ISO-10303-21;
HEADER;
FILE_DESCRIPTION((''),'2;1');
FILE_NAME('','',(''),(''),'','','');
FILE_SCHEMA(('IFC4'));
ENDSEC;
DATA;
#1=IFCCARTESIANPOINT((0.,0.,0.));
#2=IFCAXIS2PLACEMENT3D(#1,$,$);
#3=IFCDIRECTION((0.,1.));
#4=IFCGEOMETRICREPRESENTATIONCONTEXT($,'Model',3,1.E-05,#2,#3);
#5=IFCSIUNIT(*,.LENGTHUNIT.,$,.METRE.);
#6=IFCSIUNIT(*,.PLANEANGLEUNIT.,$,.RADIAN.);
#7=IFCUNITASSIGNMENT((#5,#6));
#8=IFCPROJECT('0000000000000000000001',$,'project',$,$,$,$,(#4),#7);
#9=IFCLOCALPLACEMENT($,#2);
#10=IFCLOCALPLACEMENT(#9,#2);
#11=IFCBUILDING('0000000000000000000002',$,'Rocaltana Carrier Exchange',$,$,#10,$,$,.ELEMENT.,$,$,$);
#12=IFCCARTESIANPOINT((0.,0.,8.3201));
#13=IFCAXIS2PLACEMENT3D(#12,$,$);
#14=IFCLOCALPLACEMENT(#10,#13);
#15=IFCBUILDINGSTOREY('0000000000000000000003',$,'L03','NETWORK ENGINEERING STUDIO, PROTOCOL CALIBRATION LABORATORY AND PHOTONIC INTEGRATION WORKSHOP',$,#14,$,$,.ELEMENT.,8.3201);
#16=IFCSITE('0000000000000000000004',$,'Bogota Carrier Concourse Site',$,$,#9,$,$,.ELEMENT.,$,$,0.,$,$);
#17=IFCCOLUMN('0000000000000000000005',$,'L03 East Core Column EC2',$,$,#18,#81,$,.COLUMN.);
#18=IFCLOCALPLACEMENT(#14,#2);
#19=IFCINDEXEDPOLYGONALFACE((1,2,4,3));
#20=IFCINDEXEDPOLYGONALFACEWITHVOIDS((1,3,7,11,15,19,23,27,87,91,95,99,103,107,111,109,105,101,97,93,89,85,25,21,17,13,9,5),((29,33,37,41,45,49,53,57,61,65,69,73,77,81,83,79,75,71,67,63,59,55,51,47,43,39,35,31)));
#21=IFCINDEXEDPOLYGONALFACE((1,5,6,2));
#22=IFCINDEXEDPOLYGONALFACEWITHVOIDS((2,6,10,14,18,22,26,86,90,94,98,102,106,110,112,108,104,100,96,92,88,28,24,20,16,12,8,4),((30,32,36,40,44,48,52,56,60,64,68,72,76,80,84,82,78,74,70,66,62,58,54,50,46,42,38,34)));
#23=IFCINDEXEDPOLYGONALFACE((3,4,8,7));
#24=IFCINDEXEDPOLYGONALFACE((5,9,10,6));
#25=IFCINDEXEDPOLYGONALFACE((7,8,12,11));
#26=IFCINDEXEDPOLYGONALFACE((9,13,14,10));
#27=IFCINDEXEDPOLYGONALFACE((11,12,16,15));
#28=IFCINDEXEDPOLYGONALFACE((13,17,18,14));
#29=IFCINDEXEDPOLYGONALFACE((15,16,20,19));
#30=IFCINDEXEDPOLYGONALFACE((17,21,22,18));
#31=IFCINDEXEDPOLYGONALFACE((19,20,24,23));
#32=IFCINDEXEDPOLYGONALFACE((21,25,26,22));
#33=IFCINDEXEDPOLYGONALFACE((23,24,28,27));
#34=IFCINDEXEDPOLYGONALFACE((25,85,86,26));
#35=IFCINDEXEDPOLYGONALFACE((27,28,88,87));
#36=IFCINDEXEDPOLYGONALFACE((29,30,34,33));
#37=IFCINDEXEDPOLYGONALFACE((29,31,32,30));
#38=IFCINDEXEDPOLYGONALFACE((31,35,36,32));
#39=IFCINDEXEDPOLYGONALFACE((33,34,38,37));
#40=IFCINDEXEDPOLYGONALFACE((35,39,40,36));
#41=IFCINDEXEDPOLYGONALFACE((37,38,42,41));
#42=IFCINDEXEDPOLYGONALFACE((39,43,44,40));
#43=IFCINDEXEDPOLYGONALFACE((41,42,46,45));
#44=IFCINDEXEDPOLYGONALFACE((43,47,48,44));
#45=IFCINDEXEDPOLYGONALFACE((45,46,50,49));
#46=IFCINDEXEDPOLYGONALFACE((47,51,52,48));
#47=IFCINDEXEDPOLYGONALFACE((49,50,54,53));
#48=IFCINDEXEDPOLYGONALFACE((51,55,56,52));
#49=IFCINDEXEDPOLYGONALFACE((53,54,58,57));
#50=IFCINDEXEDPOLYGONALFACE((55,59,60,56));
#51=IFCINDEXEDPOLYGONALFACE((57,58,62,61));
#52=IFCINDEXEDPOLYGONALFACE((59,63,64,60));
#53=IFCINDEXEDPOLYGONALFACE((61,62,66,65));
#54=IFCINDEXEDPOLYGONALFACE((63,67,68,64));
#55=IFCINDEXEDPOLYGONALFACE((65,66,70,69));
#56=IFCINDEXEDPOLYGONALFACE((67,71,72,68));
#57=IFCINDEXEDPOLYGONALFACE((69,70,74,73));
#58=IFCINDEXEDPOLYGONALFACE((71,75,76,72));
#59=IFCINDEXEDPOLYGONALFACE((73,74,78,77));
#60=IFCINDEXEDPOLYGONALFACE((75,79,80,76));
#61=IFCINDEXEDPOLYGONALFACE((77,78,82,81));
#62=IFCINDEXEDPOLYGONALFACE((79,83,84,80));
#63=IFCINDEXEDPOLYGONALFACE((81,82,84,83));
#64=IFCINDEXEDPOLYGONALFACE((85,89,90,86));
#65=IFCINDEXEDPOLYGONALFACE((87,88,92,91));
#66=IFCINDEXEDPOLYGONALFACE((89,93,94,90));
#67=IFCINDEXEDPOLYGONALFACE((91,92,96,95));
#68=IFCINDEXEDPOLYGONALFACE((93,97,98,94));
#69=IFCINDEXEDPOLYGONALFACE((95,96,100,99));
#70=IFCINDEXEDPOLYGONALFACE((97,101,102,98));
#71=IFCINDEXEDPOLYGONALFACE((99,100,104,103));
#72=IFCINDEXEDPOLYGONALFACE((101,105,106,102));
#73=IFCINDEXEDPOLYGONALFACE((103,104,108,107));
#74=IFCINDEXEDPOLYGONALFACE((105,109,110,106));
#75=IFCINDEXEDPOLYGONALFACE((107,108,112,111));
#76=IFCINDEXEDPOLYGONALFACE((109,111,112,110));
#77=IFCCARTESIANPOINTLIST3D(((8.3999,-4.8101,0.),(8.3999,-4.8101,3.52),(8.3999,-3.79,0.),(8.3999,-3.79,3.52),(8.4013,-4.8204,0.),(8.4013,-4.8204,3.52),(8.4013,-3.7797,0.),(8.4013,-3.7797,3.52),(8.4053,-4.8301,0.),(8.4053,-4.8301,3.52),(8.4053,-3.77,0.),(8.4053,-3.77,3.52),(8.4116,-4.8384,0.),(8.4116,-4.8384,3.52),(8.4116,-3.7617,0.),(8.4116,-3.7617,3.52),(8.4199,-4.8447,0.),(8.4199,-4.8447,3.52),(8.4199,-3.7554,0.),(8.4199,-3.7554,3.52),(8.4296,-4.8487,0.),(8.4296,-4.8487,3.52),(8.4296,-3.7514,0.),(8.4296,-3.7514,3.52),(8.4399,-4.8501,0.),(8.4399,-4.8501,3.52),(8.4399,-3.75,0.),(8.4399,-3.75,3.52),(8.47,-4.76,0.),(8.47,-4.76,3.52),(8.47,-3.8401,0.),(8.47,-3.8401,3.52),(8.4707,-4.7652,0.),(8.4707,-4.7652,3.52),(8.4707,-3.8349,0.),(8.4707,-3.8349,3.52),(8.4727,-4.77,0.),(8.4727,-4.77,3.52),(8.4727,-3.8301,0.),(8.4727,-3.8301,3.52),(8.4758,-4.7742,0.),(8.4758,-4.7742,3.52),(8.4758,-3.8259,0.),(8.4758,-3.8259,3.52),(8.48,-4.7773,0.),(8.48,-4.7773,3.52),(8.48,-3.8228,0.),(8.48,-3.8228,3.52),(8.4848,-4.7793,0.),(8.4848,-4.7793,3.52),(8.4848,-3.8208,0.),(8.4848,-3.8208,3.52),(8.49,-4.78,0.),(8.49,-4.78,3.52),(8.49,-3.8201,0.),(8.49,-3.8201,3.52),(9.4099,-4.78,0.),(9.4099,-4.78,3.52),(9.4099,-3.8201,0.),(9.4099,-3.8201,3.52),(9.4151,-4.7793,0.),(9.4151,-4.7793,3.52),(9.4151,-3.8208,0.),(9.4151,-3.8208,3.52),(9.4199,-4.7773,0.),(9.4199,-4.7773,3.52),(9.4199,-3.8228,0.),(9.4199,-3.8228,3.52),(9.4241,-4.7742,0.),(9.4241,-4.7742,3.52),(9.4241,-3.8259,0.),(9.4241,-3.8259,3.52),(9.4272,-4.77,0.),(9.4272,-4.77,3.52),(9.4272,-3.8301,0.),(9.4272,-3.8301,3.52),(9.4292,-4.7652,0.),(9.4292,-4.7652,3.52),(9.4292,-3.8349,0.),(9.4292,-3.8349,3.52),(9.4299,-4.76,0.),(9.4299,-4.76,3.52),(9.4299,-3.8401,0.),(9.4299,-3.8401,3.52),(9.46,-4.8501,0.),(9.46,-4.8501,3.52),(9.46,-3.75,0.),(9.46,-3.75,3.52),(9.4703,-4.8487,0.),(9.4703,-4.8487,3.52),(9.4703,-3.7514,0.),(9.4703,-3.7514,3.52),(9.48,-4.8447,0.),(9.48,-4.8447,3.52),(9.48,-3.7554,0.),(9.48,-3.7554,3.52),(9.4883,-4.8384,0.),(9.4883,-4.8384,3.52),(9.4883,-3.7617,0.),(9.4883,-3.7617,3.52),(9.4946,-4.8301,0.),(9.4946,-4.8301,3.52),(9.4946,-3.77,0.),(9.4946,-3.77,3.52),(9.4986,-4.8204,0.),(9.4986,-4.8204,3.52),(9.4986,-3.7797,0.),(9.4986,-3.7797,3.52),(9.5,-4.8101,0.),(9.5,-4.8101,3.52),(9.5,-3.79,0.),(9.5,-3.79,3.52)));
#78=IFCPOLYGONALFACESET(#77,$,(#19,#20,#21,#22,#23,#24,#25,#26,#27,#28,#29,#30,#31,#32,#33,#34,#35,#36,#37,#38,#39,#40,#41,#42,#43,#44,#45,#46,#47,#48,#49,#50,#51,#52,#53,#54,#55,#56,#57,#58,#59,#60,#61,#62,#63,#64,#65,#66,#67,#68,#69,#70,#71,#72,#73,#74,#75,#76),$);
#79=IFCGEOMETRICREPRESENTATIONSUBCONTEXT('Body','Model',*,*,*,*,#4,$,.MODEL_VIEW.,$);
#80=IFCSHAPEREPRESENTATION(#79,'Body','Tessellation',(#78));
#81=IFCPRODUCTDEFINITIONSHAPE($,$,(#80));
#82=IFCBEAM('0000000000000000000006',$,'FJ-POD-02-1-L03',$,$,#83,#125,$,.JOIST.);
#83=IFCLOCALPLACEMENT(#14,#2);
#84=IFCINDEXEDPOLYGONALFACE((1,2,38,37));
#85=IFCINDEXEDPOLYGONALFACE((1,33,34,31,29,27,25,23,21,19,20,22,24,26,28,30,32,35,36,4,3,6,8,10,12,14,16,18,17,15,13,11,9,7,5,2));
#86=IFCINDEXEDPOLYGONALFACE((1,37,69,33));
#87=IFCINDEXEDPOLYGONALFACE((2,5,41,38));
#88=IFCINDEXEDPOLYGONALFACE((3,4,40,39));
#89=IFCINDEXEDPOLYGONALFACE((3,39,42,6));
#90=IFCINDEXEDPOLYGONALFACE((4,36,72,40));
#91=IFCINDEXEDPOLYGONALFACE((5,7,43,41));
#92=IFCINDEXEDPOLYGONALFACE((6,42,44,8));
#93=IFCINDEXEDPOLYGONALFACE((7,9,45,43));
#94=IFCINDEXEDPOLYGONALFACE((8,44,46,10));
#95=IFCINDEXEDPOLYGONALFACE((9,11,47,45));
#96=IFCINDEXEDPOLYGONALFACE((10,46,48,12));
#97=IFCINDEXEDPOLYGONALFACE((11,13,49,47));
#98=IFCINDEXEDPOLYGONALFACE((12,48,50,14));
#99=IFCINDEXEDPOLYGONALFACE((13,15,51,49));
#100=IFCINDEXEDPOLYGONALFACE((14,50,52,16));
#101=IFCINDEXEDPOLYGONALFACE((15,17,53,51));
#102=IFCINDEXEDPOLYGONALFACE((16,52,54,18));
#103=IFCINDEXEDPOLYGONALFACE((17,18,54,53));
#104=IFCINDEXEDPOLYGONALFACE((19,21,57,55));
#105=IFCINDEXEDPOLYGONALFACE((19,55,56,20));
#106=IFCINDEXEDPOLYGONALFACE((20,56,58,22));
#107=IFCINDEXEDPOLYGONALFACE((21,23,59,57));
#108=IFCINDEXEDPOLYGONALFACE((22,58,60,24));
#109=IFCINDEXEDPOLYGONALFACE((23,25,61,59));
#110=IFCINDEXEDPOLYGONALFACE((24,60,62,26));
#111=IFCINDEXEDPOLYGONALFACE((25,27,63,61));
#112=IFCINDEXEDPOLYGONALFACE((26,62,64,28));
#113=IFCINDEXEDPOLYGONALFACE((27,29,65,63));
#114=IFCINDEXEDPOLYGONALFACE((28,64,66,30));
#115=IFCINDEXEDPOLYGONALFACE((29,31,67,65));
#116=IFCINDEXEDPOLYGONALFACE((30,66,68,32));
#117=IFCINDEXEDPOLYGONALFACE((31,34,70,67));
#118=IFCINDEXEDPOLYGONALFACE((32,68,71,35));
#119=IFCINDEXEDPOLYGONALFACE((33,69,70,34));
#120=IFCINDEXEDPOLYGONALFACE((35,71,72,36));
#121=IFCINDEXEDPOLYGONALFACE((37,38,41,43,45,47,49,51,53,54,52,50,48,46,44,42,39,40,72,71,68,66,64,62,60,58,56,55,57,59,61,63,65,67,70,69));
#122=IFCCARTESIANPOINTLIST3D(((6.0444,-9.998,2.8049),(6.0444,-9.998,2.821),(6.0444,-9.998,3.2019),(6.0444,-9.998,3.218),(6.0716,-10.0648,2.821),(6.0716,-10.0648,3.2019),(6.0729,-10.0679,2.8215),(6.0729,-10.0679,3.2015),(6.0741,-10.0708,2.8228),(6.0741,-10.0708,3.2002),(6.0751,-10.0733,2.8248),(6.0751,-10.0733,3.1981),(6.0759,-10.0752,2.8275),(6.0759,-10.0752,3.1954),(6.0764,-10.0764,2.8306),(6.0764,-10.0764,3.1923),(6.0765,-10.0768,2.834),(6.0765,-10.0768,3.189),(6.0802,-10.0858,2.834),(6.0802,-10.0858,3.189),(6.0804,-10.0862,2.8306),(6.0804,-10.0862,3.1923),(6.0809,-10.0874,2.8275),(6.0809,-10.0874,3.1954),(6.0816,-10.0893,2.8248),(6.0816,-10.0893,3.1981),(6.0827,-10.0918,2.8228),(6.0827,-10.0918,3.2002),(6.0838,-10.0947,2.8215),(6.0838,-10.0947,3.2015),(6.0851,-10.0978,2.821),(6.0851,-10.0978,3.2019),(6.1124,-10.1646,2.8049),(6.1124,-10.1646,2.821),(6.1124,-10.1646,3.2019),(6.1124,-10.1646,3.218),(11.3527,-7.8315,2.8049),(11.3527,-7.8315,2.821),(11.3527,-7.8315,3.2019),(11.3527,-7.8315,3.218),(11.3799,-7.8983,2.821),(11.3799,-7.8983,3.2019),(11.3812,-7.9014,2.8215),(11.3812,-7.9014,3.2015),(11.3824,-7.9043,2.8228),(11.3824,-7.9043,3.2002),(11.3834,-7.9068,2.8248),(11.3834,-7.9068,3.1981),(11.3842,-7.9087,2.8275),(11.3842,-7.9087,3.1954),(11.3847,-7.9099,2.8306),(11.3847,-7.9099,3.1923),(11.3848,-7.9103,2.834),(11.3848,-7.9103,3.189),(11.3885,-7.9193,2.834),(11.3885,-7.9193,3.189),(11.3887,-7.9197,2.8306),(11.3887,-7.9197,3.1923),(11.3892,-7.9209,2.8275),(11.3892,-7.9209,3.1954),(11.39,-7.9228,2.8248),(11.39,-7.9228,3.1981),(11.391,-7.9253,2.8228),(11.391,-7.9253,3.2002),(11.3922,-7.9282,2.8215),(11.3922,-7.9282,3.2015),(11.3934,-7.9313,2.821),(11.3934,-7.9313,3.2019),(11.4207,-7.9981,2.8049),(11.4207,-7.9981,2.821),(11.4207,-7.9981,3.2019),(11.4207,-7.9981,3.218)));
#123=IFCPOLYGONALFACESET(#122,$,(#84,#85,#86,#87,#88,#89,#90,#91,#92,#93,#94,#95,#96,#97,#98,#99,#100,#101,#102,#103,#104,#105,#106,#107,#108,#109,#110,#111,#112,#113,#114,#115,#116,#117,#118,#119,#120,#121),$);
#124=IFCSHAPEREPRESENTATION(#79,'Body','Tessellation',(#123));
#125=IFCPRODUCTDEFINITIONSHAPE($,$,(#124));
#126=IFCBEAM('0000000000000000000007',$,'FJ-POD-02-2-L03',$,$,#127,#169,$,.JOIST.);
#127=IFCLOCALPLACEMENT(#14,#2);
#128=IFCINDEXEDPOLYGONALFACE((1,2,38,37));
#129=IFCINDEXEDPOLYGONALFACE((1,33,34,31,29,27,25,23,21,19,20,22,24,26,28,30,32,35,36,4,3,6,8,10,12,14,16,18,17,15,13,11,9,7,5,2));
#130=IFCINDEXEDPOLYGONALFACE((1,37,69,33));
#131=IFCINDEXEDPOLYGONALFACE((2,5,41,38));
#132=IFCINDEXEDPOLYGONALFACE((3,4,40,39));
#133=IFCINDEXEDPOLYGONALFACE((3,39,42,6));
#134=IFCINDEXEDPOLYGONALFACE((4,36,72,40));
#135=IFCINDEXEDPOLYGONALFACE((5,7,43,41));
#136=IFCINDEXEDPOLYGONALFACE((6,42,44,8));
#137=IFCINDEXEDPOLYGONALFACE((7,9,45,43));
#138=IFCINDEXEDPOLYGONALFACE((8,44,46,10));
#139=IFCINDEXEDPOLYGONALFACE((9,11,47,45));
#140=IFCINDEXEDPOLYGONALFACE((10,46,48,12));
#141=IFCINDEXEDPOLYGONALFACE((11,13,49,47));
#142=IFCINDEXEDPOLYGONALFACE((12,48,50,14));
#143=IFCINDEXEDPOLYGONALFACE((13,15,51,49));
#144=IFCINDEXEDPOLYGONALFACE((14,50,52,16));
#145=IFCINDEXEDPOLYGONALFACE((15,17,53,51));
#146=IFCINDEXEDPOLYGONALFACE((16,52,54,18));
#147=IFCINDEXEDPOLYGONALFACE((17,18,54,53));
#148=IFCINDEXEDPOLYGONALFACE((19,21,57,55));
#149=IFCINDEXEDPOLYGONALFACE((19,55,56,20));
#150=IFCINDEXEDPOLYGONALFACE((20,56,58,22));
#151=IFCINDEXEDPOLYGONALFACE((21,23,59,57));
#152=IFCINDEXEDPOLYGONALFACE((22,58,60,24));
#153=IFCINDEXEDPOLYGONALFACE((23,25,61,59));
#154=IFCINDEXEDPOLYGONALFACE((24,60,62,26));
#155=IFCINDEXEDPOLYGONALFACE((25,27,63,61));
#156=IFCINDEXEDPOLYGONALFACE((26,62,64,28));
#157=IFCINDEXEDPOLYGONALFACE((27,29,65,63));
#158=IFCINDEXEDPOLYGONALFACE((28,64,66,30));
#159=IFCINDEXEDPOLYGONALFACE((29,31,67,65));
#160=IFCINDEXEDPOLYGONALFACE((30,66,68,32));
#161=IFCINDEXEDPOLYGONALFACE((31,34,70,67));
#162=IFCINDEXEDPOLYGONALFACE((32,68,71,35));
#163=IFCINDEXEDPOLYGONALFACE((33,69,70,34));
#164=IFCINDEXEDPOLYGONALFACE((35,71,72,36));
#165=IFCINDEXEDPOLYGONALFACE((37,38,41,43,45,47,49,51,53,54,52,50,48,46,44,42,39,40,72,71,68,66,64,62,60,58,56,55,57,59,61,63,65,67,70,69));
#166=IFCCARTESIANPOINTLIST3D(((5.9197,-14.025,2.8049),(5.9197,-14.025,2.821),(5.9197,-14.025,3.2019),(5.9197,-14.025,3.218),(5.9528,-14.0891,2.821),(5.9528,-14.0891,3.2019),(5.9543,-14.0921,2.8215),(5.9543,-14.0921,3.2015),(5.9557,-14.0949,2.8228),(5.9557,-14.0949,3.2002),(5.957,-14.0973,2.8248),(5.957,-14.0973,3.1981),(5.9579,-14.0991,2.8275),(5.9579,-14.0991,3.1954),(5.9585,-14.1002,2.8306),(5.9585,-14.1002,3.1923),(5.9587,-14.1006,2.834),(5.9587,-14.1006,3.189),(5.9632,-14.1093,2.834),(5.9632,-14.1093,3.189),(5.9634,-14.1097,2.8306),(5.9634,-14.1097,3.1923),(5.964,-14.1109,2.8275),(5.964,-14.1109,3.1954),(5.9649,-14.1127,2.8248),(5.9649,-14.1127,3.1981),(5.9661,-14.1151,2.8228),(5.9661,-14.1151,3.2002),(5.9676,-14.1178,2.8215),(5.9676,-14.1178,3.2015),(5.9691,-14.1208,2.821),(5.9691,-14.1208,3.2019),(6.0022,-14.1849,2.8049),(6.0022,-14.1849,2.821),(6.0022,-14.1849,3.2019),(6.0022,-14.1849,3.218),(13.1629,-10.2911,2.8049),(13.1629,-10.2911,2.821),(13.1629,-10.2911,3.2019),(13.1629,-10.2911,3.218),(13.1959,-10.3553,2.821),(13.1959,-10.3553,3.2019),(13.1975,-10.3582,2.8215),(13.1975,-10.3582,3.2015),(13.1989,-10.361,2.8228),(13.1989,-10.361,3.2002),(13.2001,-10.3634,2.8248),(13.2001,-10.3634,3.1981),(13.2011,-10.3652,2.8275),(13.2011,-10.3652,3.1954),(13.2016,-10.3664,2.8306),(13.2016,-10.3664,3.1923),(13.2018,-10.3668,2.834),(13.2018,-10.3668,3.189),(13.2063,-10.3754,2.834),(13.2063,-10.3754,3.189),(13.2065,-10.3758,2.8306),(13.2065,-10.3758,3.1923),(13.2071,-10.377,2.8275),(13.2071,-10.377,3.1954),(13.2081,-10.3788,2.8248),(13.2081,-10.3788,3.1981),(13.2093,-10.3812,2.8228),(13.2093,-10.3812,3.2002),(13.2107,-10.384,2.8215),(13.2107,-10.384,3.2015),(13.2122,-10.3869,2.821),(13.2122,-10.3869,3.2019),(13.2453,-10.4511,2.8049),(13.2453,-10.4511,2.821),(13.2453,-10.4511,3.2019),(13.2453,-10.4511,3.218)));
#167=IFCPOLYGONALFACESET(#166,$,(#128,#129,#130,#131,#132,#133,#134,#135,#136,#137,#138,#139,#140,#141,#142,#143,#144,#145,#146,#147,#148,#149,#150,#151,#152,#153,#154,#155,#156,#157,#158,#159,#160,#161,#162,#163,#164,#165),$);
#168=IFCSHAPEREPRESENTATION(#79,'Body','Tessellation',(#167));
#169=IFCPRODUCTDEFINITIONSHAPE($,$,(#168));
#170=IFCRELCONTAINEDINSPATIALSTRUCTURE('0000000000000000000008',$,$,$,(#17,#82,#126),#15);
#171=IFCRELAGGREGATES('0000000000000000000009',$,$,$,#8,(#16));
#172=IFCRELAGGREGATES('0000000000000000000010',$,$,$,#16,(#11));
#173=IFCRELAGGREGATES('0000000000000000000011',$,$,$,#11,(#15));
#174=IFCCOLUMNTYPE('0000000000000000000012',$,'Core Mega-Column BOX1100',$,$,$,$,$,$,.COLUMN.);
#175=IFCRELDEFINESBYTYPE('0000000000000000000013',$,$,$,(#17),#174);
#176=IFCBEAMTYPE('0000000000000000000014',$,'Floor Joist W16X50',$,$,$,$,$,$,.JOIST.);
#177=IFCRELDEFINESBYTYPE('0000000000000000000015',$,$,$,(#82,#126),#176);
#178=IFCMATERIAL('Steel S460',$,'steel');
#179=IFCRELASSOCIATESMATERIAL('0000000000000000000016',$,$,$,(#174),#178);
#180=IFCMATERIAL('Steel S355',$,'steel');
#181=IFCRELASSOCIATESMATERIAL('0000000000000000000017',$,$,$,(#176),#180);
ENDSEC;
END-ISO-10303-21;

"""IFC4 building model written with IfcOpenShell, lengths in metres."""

from ifc_helpers import new_model, si_unit, direction, frame, origin, origin_2d, place, context, subcontext, project, spatial, hollow_rectangle, i_section, extrude, material, material_profile, profile_set, type_object, element, save


model = new_model("IFC4")

# Units and contexts
model_context = context("Model", 3, precision=1e-05, world=origin(), true_north=direction((0.0, 1.0)))
body_context = subcontext(model_context, "Body", "Model", "MODEL_VIEW")
ifc_project = project(units=[si_unit("LENGTHUNIT", "METRE"), si_unit("PLANEANGLEUNIT", "RADIAN")], contexts=[model_context])

# Site, building, storey
site_placement = place(None, origin())
site = spatial("IfcSite", under=ifc_project, at=site_placement, Name="Bogota Carrier Concourse Site", CompositionType="ELEMENT", RefElevation=0.0)
building_placement = place(site_placement, origin())
building = spatial("IfcBuilding", under=site, at=building_placement, Name="Rocaltana Carrier Exchange", CompositionType="ELEMENT")
storey_placement = place(building_placement, frame((0.0, 0.0, 8.3201)))
storey = spatial("IfcBuildingStorey", under=building, at=storey_placement, Name="L03", Description="NETWORK ENGINEERING STUDIO, PROTOCOL CALIBRATION LABORATORY AND PHOTONIC INTEGRATION WORKSHOP", CompositionType="ELEMENT", Elevation=8.3201)

# Column
ifc_material_1 = material(Name="Steel S460", Category="steel")
ifc_material_profile_1 = material_profile(ifc_material_1, hollow_rectangle(XDim=1.1001, YDim=1.1001, WallThickness=0.0701, InnerFilletRadius=0.02, OuterFilletRadius=0.04, at=origin_2d()), Name="BOX1100X1100X70")
ifc_profile_set_1 = profile_set([ifc_material_profile_1], Name="Steel S460")
column_type_1 = type_object("IfcColumnType", Name="Core Mega-Column BOX1100", PredefinedType="COLUMN", material=ifc_profile_set_1)
for number, where, z_axis, x_axis, name in (
    (1, (8.95, -4.3, 0.0), (0.0, 0.0, 1.0), (1.0, 0.0, 0.0), "L03 East Core Column EC2"),
):
    element("IfcColumn", number, at=place(storey_placement, frame(where, z_axis=z_axis, x_axis=x_axis)), inside=storey, type_object=column_type_1, Name=name, PredefinedType="COLUMN", context=body_context, shape_type="SweptSolid", body=[
        extrude(hollow_rectangle(XDim=1.1001, YDim=1.1001, WallThickness=0.0701, InnerFilletRadius=0.02, OuterFilletRadius=0.04, at=origin_2d()), origin(), (0.0, 0.0, 1.0), 3.52),
    ])

# Beams
ifc_material_2 = material(Name="Steel S355", Category="steel")
ifc_material_profile_2 = material_profile(ifc_material_2, i_section(OverallWidth=0.1799, OverallDepth=0.4131, WebThickness=0.0098, FlangeThickness=0.0161, FilletRadius=0.0129, at=origin_2d()), Name="W16X50")
ifc_profile_set_2 = profile_set([ifc_material_profile_2], Name="Steel S355")
beam_type_1 = type_object("IfcBeamType", Name="Floor Joist W16X50", PredefinedType="JOIST", material=ifc_profile_set_2)
beam_1_placement = place(storey_placement, frame((6.0784, -10.0813, 3.0115), z_axis=(0.925858, 0.377872, 0.0), x_axis=(-0.377872, 0.925858, 0.0)))
element("IfcBeam", 2, at=beam_1_placement, inside=storey, type_object=beam_type_1, Name="FJ-POD-02-1-L03", PredefinedType="JOIST", context=body_context, shape_type="SweptSolid", body=[
    extrude(i_section(OverallWidth=0.1799, OverallDepth=0.4131, WebThickness=0.0098, FlangeThickness=0.0161, FilletRadius=0.0129, at=origin_2d()), origin(), (0.0, 0.0, 1.0), 5.7334),
])
beam_2_placement = place(storey_placement, frame((5.9609, -14.105, 3.0115), z_axis=(0.888847, 0.458205, 0.0), x_axis=(-0.458205, 0.888847, 0.0)))
element("IfcBeam", 3, at=beam_2_placement, inside=storey, type_object=beam_type_1, Name="FJ-POD-02-2-L03", PredefinedType="JOIST", context=body_context, shape_type="SweptSolid", body=[
    extrude(i_section(OverallWidth=0.1799, OverallDepth=0.4131, WebThickness=0.0098, FlangeThickness=0.0161, FilletRadius=0.0129, at=origin_2d()), origin(), (0.0, 0.0, 1.0), 8.1489),
])

save(model, "model.ifc")
